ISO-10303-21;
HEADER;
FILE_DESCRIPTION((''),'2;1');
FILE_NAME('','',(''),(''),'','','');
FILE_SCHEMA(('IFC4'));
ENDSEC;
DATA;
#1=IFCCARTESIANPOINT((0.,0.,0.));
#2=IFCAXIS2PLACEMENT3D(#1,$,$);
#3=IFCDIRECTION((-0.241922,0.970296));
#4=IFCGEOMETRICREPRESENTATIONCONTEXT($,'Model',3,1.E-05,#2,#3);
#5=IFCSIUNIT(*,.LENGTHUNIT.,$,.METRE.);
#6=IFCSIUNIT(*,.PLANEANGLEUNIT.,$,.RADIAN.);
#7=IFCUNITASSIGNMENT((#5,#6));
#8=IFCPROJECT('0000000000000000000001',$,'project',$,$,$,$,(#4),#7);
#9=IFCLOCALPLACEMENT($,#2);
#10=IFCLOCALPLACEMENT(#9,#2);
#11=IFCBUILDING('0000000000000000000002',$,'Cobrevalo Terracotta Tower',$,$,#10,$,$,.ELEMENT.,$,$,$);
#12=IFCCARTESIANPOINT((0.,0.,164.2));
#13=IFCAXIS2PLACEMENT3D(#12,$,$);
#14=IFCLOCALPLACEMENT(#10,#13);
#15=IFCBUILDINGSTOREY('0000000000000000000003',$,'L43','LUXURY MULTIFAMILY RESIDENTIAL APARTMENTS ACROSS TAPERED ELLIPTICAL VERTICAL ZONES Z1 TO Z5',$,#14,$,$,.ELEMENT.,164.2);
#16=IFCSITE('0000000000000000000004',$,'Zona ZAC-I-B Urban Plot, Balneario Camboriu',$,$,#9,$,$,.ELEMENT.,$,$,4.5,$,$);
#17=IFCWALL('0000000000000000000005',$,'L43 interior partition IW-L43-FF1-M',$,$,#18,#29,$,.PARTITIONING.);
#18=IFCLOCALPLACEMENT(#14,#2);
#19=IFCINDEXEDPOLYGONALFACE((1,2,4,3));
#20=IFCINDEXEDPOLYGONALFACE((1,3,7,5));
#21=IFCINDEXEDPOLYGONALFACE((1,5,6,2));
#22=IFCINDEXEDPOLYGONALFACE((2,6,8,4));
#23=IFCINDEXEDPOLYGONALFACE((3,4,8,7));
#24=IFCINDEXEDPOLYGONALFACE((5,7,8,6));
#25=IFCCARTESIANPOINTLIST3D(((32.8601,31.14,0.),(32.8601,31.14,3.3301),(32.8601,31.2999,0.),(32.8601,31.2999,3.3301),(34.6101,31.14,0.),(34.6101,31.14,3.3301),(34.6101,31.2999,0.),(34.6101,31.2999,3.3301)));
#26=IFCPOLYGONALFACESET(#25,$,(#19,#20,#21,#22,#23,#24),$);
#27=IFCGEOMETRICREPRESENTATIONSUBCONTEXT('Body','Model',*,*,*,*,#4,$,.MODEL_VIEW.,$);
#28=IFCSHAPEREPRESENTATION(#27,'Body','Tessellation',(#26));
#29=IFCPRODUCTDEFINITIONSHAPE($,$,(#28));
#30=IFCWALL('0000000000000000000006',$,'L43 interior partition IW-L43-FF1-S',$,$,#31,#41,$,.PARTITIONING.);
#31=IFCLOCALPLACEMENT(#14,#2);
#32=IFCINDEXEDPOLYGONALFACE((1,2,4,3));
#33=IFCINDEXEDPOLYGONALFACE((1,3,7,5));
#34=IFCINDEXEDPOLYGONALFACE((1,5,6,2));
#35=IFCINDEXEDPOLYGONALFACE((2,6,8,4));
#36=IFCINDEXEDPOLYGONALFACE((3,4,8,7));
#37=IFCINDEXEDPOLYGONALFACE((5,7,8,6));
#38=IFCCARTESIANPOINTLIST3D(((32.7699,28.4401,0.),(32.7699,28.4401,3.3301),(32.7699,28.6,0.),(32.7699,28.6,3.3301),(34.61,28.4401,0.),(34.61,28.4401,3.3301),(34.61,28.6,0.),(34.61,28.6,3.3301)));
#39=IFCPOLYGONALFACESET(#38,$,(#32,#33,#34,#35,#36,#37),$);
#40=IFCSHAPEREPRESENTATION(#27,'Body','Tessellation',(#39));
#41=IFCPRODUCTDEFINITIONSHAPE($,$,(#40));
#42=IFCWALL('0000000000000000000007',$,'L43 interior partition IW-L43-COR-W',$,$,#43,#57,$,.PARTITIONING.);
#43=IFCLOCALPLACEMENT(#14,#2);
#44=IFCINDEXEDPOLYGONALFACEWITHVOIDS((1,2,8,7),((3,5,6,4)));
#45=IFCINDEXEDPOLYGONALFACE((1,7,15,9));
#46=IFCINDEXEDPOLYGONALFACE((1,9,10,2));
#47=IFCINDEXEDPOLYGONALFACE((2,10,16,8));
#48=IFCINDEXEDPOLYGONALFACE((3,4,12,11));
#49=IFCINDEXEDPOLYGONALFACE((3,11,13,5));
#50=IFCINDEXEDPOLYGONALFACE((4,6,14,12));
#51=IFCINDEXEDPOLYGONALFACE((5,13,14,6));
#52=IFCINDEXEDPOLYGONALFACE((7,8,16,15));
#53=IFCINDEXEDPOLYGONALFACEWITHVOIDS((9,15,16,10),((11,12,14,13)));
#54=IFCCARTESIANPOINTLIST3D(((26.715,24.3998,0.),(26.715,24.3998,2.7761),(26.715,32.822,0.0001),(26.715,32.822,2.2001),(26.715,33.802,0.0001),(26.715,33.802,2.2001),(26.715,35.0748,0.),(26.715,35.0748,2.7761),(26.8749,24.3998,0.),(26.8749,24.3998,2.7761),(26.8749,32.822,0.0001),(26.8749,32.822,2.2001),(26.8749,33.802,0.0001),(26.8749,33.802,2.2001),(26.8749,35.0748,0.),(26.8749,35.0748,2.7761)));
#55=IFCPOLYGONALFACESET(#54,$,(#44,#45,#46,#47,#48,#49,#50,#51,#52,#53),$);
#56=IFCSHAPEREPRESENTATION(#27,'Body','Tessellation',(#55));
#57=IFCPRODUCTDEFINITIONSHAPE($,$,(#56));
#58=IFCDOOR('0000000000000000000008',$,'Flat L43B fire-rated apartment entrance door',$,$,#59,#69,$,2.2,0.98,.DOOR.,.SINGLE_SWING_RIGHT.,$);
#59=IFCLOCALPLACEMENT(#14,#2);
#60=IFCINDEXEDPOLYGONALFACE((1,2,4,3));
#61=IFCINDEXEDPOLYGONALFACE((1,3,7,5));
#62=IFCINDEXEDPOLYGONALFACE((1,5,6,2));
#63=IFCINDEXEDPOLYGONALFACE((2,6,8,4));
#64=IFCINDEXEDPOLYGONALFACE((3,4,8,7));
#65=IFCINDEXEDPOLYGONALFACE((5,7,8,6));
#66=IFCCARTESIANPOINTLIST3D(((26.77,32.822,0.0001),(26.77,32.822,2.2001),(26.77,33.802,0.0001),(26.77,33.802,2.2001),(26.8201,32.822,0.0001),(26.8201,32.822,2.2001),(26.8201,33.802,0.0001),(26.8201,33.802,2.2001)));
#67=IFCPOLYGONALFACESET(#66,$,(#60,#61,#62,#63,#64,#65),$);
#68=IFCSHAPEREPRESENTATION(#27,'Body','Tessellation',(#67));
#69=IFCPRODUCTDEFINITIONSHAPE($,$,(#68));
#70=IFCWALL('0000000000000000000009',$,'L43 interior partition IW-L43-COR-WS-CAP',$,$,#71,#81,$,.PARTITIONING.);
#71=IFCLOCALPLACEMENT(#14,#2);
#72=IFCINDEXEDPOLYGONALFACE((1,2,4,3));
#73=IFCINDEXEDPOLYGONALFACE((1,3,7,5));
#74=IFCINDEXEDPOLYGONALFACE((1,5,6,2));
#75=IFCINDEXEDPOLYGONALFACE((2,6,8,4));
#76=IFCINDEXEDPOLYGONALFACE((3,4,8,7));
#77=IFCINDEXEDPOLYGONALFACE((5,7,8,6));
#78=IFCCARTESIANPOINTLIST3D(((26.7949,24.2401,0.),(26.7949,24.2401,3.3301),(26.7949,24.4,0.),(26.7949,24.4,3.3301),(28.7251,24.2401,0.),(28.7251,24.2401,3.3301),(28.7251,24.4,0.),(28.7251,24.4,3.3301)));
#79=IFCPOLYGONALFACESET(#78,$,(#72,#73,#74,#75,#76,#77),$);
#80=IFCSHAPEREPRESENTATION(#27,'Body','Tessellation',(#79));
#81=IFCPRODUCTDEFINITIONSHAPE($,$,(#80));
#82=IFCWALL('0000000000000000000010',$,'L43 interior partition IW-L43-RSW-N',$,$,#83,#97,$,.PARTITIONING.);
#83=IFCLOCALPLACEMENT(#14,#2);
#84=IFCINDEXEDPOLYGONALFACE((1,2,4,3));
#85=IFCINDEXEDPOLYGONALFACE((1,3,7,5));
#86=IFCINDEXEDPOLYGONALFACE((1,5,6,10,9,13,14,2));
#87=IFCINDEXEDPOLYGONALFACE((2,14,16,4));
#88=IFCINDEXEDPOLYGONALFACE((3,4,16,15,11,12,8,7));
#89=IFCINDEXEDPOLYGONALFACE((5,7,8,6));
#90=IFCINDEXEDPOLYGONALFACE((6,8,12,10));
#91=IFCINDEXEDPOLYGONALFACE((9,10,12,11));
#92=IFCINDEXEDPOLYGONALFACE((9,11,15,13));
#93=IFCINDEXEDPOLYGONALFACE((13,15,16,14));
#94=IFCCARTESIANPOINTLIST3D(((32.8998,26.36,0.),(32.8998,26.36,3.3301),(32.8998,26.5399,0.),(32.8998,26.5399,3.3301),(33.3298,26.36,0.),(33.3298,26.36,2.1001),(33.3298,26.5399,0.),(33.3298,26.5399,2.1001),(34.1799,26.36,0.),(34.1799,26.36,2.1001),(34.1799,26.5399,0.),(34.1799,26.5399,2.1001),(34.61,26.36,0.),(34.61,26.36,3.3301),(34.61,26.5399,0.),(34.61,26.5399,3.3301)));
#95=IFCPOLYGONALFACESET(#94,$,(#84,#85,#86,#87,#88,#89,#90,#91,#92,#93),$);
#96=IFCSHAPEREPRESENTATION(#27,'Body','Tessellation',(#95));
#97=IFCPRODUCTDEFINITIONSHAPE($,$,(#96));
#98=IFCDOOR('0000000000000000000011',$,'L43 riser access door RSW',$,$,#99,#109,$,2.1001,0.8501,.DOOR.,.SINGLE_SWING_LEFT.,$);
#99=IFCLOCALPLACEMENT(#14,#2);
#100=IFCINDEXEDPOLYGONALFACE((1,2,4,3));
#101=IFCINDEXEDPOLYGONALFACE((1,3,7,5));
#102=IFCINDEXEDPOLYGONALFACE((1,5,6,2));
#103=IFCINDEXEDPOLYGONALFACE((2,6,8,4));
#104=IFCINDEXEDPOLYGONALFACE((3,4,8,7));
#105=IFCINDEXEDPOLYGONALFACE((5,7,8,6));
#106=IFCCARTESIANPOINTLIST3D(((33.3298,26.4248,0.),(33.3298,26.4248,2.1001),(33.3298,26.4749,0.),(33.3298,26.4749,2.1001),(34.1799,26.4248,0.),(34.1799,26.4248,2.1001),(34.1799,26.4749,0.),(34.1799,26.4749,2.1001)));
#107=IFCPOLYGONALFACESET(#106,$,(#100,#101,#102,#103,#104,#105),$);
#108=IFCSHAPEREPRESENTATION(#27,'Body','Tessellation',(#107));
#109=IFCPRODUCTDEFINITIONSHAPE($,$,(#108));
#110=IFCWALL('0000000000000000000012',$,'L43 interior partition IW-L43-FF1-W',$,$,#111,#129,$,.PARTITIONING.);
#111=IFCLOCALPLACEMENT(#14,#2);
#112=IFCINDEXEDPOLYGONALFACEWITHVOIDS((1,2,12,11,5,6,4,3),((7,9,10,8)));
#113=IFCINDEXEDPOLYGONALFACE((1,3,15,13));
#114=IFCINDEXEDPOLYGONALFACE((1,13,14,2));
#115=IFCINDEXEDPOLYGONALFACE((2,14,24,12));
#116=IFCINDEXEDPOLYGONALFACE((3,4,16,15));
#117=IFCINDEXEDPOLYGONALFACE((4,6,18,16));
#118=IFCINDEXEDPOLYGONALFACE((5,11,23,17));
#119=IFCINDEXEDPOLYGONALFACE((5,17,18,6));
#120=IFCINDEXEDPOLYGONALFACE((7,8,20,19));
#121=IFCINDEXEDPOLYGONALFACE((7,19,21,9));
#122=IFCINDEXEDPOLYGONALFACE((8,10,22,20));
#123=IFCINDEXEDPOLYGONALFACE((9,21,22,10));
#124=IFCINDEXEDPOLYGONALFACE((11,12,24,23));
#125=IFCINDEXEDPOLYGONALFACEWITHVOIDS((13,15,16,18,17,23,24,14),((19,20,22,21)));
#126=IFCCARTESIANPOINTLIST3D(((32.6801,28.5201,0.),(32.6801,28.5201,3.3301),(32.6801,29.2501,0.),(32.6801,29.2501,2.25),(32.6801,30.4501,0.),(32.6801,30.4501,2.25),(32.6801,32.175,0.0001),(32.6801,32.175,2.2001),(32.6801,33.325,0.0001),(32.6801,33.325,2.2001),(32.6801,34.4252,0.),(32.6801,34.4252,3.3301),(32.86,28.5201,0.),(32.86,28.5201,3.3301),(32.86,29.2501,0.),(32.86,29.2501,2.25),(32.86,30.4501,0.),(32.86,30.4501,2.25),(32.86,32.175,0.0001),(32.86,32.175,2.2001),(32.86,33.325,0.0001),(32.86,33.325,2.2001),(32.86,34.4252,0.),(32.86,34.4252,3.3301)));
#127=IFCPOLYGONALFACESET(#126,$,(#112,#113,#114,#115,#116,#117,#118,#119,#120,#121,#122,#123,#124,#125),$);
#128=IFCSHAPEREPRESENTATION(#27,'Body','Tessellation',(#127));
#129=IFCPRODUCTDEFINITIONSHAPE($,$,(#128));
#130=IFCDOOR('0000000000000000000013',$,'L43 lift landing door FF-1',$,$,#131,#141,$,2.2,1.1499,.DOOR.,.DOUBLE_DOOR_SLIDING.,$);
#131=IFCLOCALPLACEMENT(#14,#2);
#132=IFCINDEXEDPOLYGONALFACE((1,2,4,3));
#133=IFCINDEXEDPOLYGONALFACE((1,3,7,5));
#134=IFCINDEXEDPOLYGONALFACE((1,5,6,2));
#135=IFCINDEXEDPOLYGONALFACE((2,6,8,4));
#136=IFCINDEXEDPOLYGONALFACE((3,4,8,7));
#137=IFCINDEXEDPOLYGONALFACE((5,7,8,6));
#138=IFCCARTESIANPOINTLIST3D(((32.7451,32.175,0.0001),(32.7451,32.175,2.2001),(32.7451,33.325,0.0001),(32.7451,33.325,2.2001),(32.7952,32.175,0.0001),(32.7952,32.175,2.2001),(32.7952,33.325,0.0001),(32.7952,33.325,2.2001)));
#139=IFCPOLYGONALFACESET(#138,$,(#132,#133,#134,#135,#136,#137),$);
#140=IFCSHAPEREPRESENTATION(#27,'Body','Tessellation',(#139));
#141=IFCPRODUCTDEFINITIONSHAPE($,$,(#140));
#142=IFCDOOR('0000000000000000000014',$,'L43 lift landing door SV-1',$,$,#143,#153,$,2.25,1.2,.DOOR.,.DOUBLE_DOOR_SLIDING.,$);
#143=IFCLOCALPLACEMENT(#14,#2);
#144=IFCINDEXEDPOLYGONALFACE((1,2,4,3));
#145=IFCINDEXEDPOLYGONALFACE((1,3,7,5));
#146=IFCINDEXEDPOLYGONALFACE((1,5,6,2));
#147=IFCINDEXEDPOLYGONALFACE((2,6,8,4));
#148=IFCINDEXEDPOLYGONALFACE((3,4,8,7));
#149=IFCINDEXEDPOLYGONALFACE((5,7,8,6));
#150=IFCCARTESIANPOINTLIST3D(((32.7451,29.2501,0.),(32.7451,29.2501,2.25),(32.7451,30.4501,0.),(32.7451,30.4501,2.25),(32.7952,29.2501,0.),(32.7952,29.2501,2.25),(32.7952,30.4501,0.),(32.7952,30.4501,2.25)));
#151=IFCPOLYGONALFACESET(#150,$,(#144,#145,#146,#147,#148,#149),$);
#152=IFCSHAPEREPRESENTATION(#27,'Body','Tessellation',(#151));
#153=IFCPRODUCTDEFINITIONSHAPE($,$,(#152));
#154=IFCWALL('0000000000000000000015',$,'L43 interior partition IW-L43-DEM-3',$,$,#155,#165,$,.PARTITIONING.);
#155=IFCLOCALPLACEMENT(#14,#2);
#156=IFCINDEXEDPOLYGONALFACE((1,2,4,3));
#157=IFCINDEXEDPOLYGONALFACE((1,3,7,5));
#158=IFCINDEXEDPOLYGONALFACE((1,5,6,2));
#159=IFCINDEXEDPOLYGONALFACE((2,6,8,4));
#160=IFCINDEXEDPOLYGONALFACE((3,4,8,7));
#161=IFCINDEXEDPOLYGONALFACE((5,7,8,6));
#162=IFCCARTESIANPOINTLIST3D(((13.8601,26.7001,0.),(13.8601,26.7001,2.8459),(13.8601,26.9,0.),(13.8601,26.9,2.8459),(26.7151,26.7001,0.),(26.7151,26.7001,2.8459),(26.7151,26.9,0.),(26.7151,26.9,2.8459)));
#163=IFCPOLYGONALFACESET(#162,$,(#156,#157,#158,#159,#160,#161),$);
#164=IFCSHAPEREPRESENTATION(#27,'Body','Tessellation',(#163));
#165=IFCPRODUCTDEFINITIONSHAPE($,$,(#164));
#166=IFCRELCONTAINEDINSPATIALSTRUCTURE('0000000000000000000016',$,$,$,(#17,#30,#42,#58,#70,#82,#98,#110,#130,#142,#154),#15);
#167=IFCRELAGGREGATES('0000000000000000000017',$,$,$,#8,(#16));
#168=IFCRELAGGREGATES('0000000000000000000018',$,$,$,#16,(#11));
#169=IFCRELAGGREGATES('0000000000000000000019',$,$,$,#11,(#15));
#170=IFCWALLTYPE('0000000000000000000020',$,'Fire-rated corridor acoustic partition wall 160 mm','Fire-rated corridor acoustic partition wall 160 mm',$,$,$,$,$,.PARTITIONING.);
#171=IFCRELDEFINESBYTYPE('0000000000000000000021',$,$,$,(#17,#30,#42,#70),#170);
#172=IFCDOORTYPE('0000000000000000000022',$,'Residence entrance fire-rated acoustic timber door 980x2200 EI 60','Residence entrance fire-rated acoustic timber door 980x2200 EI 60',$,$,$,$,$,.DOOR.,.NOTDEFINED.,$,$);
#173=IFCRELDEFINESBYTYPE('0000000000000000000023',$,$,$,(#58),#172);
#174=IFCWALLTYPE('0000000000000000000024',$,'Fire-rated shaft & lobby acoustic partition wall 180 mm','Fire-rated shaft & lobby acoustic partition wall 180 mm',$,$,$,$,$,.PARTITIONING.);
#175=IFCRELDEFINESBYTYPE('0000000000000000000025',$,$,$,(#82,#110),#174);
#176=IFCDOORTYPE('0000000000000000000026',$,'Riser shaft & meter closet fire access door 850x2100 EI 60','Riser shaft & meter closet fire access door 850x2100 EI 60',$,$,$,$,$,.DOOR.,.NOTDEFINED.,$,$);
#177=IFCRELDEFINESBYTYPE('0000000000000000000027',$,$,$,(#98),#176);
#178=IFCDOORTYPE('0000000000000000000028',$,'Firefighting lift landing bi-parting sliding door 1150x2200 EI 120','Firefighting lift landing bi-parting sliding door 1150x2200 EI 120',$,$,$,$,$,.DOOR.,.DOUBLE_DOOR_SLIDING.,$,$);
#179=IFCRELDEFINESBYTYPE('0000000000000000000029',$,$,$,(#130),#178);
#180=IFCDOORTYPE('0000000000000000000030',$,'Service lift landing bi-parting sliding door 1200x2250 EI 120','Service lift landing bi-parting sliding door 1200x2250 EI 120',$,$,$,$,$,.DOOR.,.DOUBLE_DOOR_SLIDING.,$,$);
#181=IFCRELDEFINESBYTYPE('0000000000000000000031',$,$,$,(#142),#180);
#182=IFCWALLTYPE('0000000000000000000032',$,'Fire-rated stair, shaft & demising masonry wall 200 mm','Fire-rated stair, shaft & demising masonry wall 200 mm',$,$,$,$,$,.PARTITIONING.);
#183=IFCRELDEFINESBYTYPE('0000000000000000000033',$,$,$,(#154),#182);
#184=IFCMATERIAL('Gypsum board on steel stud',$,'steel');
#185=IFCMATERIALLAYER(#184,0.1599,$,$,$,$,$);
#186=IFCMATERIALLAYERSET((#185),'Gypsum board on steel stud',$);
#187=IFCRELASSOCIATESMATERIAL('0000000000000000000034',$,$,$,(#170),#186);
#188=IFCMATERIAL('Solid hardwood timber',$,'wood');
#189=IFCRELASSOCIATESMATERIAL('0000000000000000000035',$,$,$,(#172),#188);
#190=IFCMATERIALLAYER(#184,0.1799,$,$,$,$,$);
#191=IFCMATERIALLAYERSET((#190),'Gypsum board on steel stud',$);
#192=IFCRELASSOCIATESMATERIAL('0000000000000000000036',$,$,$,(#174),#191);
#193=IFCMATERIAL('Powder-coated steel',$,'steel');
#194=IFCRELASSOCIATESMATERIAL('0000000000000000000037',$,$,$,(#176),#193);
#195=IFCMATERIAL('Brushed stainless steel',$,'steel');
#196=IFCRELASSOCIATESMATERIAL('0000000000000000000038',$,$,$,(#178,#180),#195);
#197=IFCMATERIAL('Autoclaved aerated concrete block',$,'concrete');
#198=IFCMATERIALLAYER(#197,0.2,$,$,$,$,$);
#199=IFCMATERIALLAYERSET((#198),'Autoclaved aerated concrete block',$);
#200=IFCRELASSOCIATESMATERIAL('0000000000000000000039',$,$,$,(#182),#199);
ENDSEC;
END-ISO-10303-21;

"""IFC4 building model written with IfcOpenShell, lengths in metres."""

from ifc_helpers import new_model, si_unit, direction, frame, frame_2d, origin, place, context, subcontext, project, spatial, rectangle, extrude, source, transform, mapped, material, layer, layer_set, type_object, element, fill, save


model = new_model("IFC4")

# Units and contexts
model_context = context("Model", 3, precision=1e-05, world=origin(), true_north=direction((-0.241922, 0.970296)))
body_context = subcontext(model_context, "Body", "Model", "MODEL_VIEW")
ifc_project = project(units=[si_unit("LENGTHUNIT", "METRE"), si_unit("PLANEANGLEUNIT", "RADIAN")], contexts=[model_context])

# Site, building, storey
site_placement = place(None, origin())
site = spatial("IfcSite", under=ifc_project, at=site_placement, Name="Zona ZAC-I-B Urban Plot, Balneario Camboriu", CompositionType="ELEMENT", RefElevation=4.5)
building_placement = place(site_placement, origin())
building = spatial("IfcBuilding", under=site, at=building_placement, Name="Cobrevalo Terracotta Tower", CompositionType="ELEMENT")
storey_placement = place(building_placement, frame((0.0, 0.0, 164.2)))
storey = spatial("IfcBuildingStorey", under=building, at=storey_placement, Name="L43", Description="LUXURY MULTIFAMILY RESIDENTIAL APARTMENTS ACROSS TAPERED ELLIPTICAL VERTICAL ZONES Z1 TO Z5", CompositionType="ELEMENT", Elevation=164.2)

# Walls
ifc_material_1 = material(Name="Gypsum board on steel stud", Category="steel")
ifc_layer_1 = layer(ifc_material_1, 0.1599)
ifc_layer_set_1 = layer_set([ifc_layer_1], Name="Gypsum board on steel stud")
wall_type_1 = type_object("IfcWallType", Name="Fire-rated corridor acoustic partition wall 160 mm", Description="Fire-rated corridor acoustic partition wall 160 mm", PredefinedType="PARTITIONING", material=ifc_layer_set_1)
wall_1_placement = place(storey_placement, frame((32.8601, 31.22, 0.0), z_axis=(0.0, 0.0, 1.0), x_axis=(1.0, 0.0, 0.0)))
element("IfcWall", 1, at=wall_1_placement, inside=storey, type_object=wall_type_1, Name="L43 interior partition IW-L43-FF1-M", PredefinedType="PARTITIONING", context=body_context, shape_type="SweptSolid", body=[
    extrude(rectangle(XDim=1.75, YDim=0.1599, at=frame_2d((0.875, 0.0))), origin(), (0.0, 0.0, 1.0), 3.3301),
])
wall_2_placement = place(storey_placement, frame((32.77, 28.52, 0.0), z_axis=(0.0, 0.0, 1.0), x_axis=(1.0, 0.0, 0.0)))
element("IfcWall", 2, at=wall_2_placement, inside=storey, type_object=wall_type_1, Name="L43 interior partition IW-L43-FF1-S", PredefinedType="PARTITIONING", context=body_context, shape_type="SweptSolid", body=[
    extrude(rectangle(XDim=1.8401, YDim=0.1599, at=frame_2d((0.9199, 0.0))), origin(), (0.0, 0.0, 1.0), 3.3301),
])

# Wall, opening, door
wall_3_placement = place(storey_placement, frame((26.7949, 24.3999, 0.0), z_axis=(0.0, 0.0, 1.0), x_axis=(0.0, 1.0, 0.0)))
wall_3 = element("IfcWall", 3, at=wall_3_placement, inside=storey, type_object=wall_type_1, Name="L43 interior partition IW-L43-COR-W", PredefinedType="PARTITIONING", context=body_context, shape_type="SweptSolid", body=[
    extrude(rectangle(XDim=10.675, YDim=0.1599, at=frame_2d((5.3374, 0.0))), origin(), (0.0, 0.0, 1.0), 2.7761),
])
opening_1_placement = place(wall_3_placement, frame((8.4221, 0.0, 0.0)))
opening_1 = element("IfcOpeningElement", 4, at=opening_1_placement, cuts=wall_3, PredefinedType="OPENING", context=body_context, shape_type="SweptSolid", body=[
    extrude(rectangle(XDim=0.98, YDim=2.2, at=frame_2d((0.49, 1.1001))), frame((0.0, 0.0898, 0.0), z_axis=(0.0, -1.0, 0.0), x_axis=(1.0, 0.0, 0.0)), (0.0, 0.0, 1.0), 0.1799),
])
ifc_material_2 = material(Name="Solid hardwood timber", Category="wood")
door_type_1 = type_object("IfcDoorType", Name="Residence entrance fire-rated acoustic timber door 980x2200 EI 60", Description="Residence entrance fire-rated acoustic timber door 980x2200 EI 60", OperationType="NOTDEFINED", PredefinedType="DOOR", material=ifc_material_2)
shared_shape_1 = source(origin(), body_context, "Body", "SweptSolid", [
    extrude(rectangle(XDim=0.98, YDim=2.2, at=frame_2d((0.49, 1.1001))), frame((0.0, 0.0249, 0.0), z_axis=(0.0, -1.0, 0.0), x_axis=(1.0, 0.0, 0.0)), (0.0, 0.0, 1.0), 0.05),
])
door_1_placement = place(opening_1_placement, origin())
door_1 = element("IfcDoor", 5, at=door_1_placement, inside=storey, type_object=door_type_1, Name="Flat L43B fire-rated apartment entrance door", OperationType="SINGLE_SWING_RIGHT", OverallHeight=2.2, OverallWidth=0.98, PredefinedType="DOOR", context=body_context, shape_type="MappedRepresentation", body=[
    mapped(shared_shape_1, transform((0.0, 0.0, 0.0), scale=1.0)),
])
fill(opening_1, door_1)

# Wall
wall_4_placement = place(storey_placement, frame((26.7949, 24.3201, 0.0), z_axis=(0.0, 0.0, 1.0), x_axis=(1.0, 0.0, 0.0)))
element("IfcWall", 6, at=wall_4_placement, inside=storey, type_object=wall_type_1, Name="L43 interior partition IW-L43-COR-WS-CAP", PredefinedType="PARTITIONING", context=body_context, shape_type="SweptSolid", body=[
    extrude(rectangle(XDim=1.9302, YDim=0.1599, at=frame_2d((0.9651, 0.0))), origin(), (0.0, 0.0, 1.0), 3.3301),
])

# Wall, opening, door
ifc_layer_2 = layer(ifc_material_1, 0.1799)
ifc_layer_set_2 = layer_set([ifc_layer_2], Name="Gypsum board on steel stud")
wall_type_2 = type_object("IfcWallType", Name="Fire-rated shaft & lobby acoustic partition wall 180 mm", Description="Fire-rated shaft & lobby acoustic partition wall 180 mm", PredefinedType="PARTITIONING", material=ifc_layer_set_2)
wall_5_placement = place(storey_placement, frame((32.8999, 26.45, 0.0), z_axis=(0.0, 0.0, 1.0), x_axis=(1.0, 0.0, 0.0)))
wall_5 = element("IfcWall", 7, at=wall_5_placement, inside=storey, type_object=wall_type_2, Name="L43 interior partition IW-L43-RSW-N", PredefinedType="PARTITIONING", context=body_context, shape_type="SweptSolid", body=[
    extrude(rectangle(XDim=1.7102, YDim=0.1799, at=frame_2d((0.855, 0.0))), origin(), (0.0, 0.0, 1.0), 3.3301),
])
opening_2_placement = place(wall_5_placement, frame((0.4299, 0.0, 0.0)))
opening_2 = element("IfcOpeningElement", 8, at=opening_2_placement, cuts=wall_5, PredefinedType="OPENING", context=body_context, shape_type="SweptSolid", body=[
    extrude(rectangle(XDim=0.8501, YDim=2.1001, at=frame_2d((0.425, 1.05))), frame((0.0, 0.1001, 0.0), z_axis=(0.0, -1.0, 0.0), x_axis=(1.0, 0.0, 0.0)), (0.0, 0.0, 1.0), 0.2),
])
ifc_material_3 = material(Name="Powder-coated steel", Category="steel")
door_type_2 = type_object("IfcDoorType", Name="Riser shaft & meter closet fire access door 850x2100 EI 60", Description="Riser shaft & meter closet fire access door 850x2100 EI 60", OperationType="NOTDEFINED", PredefinedType="DOOR", material=ifc_material_3)
shared_shape_2 = source(origin(), body_context, "Body", "SweptSolid", [
    extrude(rectangle(XDim=0.8501, YDim=2.1001, at=frame_2d((0.425, 1.05))), frame((0.0, 0.0249, 0.0), z_axis=(0.0, -1.0, 0.0), x_axis=(1.0, 0.0, 0.0)), (0.0, 0.0, 1.0), 0.05),
])
door_2_placement = place(opening_2_placement, origin())
door_2 = element("IfcDoor", 9, at=door_2_placement, inside=storey, type_object=door_type_2, Name="L43 riser access door RSW", OperationType="SINGLE_SWING_LEFT", OverallHeight=2.1001, OverallWidth=0.8501, PredefinedType="DOOR", context=body_context, shape_type="MappedRepresentation", body=[
    mapped(shared_shape_2, transform((0.0, 0.0, 0.0), scale=1.0)),
])
fill(opening_2, door_2)

# Wall, openings, doors
wall_6_placement = place(storey_placement, frame((32.77, 28.52, 0.0), z_axis=(0.0, 0.0, 1.0), x_axis=(0.0, 1.0, 0.0)))
wall_6 = element("IfcWall", 10, at=wall_6_placement, inside=storey, type_object=wall_type_2, Name="L43 interior partition IW-L43-FF1-W", PredefinedType="PARTITIONING", context=body_context, shape_type="SweptSolid", body=[
    extrude(rectangle(XDim=5.905, YDim=0.1799, at=frame_2d((2.9526, 0.0))), origin(), (0.0, 0.0, 1.0), 3.3301),
])
opening_3_placement = place(wall_6_placement, frame((3.655, 0.0, 0.0)))
opening_3 = element("IfcOpeningElement", 11, at=opening_3_placement, cuts=wall_6, PredefinedType="OPENING", context=body_context, shape_type="SweptSolid", body=[
    extrude(rectangle(XDim=1.1499, YDim=2.2, at=frame_2d((0.575, 1.1001))), frame((0.0, 0.1001, 0.0), z_axis=(0.0, -1.0, 0.0), x_axis=(1.0, 0.0, 0.0)), (0.0, 0.0, 1.0), 0.2),
])
opening_4_placement = place(wall_6_placement, frame((0.73, 0.0, 0.0)))
opening_4 = element("IfcOpeningElement", 12, at=opening_4_placement, cuts=wall_6, PredefinedType="OPENING", context=body_context, shape_type="SweptSolid", body=[
    extrude(rectangle(XDim=1.2, YDim=2.25, at=frame_2d((0.6001, 1.125))), frame((0.0, 0.1001, 0.0), z_axis=(0.0, -1.0, 0.0), x_axis=(1.0, 0.0, 0.0)), (0.0, 0.0, 1.0), 0.2),
])
ifc_material_4 = material(Name="Brushed stainless steel", Category="steel")
door_type_3 = type_object("IfcDoorType", Name="Firefighting lift landing bi-parting sliding door 1150x2200 EI 120", Description="Firefighting lift landing bi-parting sliding door 1150x2200 EI 120", OperationType="DOUBLE_DOOR_SLIDING", PredefinedType="DOOR", material=ifc_material_4)
shared_shape_3 = source(origin(), body_context, "Body", "SweptSolid", [
    extrude(rectangle(XDim=1.1499, YDim=2.2, at=frame_2d((0.575, 1.1001))), frame((0.0, 0.0249, 0.0), z_axis=(0.0, -1.0, 0.0), x_axis=(1.0, 0.0, 0.0)), (0.0, 0.0, 1.0), 0.05),
])
door_3_placement = place(opening_3_placement, origin())
door_3 = element("IfcDoor", 13, at=door_3_placement, inside=storey, type_object=door_type_3, Name="L43 lift landing door FF-1", OperationType="DOUBLE_DOOR_SLIDING", OverallHeight=2.2, OverallWidth=1.1499, PredefinedType="DOOR", context=body_context, shape_type="MappedRepresentation", body=[
    mapped(shared_shape_3, transform((0.0, 0.0, 0.0), scale=1.0)),
])
fill(opening_3, door_3)
door_type_4 = type_object("IfcDoorType", Name="Service lift landing bi-parting sliding door 1200x2250 EI 120", Description="Service lift landing bi-parting sliding door 1200x2250 EI 120", OperationType="DOUBLE_DOOR_SLIDING", PredefinedType="DOOR", material=ifc_material_4)
shared_shape_4 = source(origin(), body_context, "Body", "SweptSolid", [
    extrude(rectangle(XDim=1.2, YDim=2.25, at=frame_2d((0.6001, 1.125))), frame((0.0, 0.0249, 0.0), z_axis=(0.0, -1.0, 0.0), x_axis=(1.0, 0.0, 0.0)), (0.0, 0.0, 1.0), 0.05),
])
door_4_placement = place(opening_4_placement, origin())
door_4 = element("IfcDoor", 14, at=door_4_placement, inside=storey, type_object=door_type_4, Name="L43 lift landing door SV-1", OperationType="DOUBLE_DOOR_SLIDING", OverallHeight=2.25, OverallWidth=1.2, PredefinedType="DOOR", context=body_context, shape_type="MappedRepresentation", body=[
    mapped(shared_shape_4, transform((0.0, 0.0, 0.0), scale=1.0)),
])
fill(opening_4, door_4)

# Wall
ifc_material_5 = material(Name="Autoclaved aerated concrete block", Category="concrete")
ifc_layer_3 = layer(ifc_material_5, 0.2)
ifc_layer_set_3 = layer_set([ifc_layer_3], Name="Autoclaved aerated concrete block")
wall_type_3 = type_object("IfcWallType", Name="Fire-rated stair, shaft & demising masonry wall 200 mm", Description="Fire-rated stair, shaft & demising masonry wall 200 mm", PredefinedType="PARTITIONING", material=ifc_layer_set_3)
wall_7_placement = place(storey_placement, frame((26.7151, 26.8, 0.0), z_axis=(0.0, 0.0, 1.0), x_axis=(-1.0, 0.0, 0.0)))
element("IfcWall", 15, at=wall_7_placement, inside=storey, type_object=wall_type_3, Name="L43 interior partition IW-L43-DEM-3", PredefinedType="PARTITIONING", context=body_context, shape_type="SweptSolid", body=[
    extrude(rectangle(XDim=12.855, YDim=0.2, at=frame_2d((6.4275, 0.0))), origin(), (0.0, 0.0, 1.0), 2.8459),
])

save(model, "model.ifc")
